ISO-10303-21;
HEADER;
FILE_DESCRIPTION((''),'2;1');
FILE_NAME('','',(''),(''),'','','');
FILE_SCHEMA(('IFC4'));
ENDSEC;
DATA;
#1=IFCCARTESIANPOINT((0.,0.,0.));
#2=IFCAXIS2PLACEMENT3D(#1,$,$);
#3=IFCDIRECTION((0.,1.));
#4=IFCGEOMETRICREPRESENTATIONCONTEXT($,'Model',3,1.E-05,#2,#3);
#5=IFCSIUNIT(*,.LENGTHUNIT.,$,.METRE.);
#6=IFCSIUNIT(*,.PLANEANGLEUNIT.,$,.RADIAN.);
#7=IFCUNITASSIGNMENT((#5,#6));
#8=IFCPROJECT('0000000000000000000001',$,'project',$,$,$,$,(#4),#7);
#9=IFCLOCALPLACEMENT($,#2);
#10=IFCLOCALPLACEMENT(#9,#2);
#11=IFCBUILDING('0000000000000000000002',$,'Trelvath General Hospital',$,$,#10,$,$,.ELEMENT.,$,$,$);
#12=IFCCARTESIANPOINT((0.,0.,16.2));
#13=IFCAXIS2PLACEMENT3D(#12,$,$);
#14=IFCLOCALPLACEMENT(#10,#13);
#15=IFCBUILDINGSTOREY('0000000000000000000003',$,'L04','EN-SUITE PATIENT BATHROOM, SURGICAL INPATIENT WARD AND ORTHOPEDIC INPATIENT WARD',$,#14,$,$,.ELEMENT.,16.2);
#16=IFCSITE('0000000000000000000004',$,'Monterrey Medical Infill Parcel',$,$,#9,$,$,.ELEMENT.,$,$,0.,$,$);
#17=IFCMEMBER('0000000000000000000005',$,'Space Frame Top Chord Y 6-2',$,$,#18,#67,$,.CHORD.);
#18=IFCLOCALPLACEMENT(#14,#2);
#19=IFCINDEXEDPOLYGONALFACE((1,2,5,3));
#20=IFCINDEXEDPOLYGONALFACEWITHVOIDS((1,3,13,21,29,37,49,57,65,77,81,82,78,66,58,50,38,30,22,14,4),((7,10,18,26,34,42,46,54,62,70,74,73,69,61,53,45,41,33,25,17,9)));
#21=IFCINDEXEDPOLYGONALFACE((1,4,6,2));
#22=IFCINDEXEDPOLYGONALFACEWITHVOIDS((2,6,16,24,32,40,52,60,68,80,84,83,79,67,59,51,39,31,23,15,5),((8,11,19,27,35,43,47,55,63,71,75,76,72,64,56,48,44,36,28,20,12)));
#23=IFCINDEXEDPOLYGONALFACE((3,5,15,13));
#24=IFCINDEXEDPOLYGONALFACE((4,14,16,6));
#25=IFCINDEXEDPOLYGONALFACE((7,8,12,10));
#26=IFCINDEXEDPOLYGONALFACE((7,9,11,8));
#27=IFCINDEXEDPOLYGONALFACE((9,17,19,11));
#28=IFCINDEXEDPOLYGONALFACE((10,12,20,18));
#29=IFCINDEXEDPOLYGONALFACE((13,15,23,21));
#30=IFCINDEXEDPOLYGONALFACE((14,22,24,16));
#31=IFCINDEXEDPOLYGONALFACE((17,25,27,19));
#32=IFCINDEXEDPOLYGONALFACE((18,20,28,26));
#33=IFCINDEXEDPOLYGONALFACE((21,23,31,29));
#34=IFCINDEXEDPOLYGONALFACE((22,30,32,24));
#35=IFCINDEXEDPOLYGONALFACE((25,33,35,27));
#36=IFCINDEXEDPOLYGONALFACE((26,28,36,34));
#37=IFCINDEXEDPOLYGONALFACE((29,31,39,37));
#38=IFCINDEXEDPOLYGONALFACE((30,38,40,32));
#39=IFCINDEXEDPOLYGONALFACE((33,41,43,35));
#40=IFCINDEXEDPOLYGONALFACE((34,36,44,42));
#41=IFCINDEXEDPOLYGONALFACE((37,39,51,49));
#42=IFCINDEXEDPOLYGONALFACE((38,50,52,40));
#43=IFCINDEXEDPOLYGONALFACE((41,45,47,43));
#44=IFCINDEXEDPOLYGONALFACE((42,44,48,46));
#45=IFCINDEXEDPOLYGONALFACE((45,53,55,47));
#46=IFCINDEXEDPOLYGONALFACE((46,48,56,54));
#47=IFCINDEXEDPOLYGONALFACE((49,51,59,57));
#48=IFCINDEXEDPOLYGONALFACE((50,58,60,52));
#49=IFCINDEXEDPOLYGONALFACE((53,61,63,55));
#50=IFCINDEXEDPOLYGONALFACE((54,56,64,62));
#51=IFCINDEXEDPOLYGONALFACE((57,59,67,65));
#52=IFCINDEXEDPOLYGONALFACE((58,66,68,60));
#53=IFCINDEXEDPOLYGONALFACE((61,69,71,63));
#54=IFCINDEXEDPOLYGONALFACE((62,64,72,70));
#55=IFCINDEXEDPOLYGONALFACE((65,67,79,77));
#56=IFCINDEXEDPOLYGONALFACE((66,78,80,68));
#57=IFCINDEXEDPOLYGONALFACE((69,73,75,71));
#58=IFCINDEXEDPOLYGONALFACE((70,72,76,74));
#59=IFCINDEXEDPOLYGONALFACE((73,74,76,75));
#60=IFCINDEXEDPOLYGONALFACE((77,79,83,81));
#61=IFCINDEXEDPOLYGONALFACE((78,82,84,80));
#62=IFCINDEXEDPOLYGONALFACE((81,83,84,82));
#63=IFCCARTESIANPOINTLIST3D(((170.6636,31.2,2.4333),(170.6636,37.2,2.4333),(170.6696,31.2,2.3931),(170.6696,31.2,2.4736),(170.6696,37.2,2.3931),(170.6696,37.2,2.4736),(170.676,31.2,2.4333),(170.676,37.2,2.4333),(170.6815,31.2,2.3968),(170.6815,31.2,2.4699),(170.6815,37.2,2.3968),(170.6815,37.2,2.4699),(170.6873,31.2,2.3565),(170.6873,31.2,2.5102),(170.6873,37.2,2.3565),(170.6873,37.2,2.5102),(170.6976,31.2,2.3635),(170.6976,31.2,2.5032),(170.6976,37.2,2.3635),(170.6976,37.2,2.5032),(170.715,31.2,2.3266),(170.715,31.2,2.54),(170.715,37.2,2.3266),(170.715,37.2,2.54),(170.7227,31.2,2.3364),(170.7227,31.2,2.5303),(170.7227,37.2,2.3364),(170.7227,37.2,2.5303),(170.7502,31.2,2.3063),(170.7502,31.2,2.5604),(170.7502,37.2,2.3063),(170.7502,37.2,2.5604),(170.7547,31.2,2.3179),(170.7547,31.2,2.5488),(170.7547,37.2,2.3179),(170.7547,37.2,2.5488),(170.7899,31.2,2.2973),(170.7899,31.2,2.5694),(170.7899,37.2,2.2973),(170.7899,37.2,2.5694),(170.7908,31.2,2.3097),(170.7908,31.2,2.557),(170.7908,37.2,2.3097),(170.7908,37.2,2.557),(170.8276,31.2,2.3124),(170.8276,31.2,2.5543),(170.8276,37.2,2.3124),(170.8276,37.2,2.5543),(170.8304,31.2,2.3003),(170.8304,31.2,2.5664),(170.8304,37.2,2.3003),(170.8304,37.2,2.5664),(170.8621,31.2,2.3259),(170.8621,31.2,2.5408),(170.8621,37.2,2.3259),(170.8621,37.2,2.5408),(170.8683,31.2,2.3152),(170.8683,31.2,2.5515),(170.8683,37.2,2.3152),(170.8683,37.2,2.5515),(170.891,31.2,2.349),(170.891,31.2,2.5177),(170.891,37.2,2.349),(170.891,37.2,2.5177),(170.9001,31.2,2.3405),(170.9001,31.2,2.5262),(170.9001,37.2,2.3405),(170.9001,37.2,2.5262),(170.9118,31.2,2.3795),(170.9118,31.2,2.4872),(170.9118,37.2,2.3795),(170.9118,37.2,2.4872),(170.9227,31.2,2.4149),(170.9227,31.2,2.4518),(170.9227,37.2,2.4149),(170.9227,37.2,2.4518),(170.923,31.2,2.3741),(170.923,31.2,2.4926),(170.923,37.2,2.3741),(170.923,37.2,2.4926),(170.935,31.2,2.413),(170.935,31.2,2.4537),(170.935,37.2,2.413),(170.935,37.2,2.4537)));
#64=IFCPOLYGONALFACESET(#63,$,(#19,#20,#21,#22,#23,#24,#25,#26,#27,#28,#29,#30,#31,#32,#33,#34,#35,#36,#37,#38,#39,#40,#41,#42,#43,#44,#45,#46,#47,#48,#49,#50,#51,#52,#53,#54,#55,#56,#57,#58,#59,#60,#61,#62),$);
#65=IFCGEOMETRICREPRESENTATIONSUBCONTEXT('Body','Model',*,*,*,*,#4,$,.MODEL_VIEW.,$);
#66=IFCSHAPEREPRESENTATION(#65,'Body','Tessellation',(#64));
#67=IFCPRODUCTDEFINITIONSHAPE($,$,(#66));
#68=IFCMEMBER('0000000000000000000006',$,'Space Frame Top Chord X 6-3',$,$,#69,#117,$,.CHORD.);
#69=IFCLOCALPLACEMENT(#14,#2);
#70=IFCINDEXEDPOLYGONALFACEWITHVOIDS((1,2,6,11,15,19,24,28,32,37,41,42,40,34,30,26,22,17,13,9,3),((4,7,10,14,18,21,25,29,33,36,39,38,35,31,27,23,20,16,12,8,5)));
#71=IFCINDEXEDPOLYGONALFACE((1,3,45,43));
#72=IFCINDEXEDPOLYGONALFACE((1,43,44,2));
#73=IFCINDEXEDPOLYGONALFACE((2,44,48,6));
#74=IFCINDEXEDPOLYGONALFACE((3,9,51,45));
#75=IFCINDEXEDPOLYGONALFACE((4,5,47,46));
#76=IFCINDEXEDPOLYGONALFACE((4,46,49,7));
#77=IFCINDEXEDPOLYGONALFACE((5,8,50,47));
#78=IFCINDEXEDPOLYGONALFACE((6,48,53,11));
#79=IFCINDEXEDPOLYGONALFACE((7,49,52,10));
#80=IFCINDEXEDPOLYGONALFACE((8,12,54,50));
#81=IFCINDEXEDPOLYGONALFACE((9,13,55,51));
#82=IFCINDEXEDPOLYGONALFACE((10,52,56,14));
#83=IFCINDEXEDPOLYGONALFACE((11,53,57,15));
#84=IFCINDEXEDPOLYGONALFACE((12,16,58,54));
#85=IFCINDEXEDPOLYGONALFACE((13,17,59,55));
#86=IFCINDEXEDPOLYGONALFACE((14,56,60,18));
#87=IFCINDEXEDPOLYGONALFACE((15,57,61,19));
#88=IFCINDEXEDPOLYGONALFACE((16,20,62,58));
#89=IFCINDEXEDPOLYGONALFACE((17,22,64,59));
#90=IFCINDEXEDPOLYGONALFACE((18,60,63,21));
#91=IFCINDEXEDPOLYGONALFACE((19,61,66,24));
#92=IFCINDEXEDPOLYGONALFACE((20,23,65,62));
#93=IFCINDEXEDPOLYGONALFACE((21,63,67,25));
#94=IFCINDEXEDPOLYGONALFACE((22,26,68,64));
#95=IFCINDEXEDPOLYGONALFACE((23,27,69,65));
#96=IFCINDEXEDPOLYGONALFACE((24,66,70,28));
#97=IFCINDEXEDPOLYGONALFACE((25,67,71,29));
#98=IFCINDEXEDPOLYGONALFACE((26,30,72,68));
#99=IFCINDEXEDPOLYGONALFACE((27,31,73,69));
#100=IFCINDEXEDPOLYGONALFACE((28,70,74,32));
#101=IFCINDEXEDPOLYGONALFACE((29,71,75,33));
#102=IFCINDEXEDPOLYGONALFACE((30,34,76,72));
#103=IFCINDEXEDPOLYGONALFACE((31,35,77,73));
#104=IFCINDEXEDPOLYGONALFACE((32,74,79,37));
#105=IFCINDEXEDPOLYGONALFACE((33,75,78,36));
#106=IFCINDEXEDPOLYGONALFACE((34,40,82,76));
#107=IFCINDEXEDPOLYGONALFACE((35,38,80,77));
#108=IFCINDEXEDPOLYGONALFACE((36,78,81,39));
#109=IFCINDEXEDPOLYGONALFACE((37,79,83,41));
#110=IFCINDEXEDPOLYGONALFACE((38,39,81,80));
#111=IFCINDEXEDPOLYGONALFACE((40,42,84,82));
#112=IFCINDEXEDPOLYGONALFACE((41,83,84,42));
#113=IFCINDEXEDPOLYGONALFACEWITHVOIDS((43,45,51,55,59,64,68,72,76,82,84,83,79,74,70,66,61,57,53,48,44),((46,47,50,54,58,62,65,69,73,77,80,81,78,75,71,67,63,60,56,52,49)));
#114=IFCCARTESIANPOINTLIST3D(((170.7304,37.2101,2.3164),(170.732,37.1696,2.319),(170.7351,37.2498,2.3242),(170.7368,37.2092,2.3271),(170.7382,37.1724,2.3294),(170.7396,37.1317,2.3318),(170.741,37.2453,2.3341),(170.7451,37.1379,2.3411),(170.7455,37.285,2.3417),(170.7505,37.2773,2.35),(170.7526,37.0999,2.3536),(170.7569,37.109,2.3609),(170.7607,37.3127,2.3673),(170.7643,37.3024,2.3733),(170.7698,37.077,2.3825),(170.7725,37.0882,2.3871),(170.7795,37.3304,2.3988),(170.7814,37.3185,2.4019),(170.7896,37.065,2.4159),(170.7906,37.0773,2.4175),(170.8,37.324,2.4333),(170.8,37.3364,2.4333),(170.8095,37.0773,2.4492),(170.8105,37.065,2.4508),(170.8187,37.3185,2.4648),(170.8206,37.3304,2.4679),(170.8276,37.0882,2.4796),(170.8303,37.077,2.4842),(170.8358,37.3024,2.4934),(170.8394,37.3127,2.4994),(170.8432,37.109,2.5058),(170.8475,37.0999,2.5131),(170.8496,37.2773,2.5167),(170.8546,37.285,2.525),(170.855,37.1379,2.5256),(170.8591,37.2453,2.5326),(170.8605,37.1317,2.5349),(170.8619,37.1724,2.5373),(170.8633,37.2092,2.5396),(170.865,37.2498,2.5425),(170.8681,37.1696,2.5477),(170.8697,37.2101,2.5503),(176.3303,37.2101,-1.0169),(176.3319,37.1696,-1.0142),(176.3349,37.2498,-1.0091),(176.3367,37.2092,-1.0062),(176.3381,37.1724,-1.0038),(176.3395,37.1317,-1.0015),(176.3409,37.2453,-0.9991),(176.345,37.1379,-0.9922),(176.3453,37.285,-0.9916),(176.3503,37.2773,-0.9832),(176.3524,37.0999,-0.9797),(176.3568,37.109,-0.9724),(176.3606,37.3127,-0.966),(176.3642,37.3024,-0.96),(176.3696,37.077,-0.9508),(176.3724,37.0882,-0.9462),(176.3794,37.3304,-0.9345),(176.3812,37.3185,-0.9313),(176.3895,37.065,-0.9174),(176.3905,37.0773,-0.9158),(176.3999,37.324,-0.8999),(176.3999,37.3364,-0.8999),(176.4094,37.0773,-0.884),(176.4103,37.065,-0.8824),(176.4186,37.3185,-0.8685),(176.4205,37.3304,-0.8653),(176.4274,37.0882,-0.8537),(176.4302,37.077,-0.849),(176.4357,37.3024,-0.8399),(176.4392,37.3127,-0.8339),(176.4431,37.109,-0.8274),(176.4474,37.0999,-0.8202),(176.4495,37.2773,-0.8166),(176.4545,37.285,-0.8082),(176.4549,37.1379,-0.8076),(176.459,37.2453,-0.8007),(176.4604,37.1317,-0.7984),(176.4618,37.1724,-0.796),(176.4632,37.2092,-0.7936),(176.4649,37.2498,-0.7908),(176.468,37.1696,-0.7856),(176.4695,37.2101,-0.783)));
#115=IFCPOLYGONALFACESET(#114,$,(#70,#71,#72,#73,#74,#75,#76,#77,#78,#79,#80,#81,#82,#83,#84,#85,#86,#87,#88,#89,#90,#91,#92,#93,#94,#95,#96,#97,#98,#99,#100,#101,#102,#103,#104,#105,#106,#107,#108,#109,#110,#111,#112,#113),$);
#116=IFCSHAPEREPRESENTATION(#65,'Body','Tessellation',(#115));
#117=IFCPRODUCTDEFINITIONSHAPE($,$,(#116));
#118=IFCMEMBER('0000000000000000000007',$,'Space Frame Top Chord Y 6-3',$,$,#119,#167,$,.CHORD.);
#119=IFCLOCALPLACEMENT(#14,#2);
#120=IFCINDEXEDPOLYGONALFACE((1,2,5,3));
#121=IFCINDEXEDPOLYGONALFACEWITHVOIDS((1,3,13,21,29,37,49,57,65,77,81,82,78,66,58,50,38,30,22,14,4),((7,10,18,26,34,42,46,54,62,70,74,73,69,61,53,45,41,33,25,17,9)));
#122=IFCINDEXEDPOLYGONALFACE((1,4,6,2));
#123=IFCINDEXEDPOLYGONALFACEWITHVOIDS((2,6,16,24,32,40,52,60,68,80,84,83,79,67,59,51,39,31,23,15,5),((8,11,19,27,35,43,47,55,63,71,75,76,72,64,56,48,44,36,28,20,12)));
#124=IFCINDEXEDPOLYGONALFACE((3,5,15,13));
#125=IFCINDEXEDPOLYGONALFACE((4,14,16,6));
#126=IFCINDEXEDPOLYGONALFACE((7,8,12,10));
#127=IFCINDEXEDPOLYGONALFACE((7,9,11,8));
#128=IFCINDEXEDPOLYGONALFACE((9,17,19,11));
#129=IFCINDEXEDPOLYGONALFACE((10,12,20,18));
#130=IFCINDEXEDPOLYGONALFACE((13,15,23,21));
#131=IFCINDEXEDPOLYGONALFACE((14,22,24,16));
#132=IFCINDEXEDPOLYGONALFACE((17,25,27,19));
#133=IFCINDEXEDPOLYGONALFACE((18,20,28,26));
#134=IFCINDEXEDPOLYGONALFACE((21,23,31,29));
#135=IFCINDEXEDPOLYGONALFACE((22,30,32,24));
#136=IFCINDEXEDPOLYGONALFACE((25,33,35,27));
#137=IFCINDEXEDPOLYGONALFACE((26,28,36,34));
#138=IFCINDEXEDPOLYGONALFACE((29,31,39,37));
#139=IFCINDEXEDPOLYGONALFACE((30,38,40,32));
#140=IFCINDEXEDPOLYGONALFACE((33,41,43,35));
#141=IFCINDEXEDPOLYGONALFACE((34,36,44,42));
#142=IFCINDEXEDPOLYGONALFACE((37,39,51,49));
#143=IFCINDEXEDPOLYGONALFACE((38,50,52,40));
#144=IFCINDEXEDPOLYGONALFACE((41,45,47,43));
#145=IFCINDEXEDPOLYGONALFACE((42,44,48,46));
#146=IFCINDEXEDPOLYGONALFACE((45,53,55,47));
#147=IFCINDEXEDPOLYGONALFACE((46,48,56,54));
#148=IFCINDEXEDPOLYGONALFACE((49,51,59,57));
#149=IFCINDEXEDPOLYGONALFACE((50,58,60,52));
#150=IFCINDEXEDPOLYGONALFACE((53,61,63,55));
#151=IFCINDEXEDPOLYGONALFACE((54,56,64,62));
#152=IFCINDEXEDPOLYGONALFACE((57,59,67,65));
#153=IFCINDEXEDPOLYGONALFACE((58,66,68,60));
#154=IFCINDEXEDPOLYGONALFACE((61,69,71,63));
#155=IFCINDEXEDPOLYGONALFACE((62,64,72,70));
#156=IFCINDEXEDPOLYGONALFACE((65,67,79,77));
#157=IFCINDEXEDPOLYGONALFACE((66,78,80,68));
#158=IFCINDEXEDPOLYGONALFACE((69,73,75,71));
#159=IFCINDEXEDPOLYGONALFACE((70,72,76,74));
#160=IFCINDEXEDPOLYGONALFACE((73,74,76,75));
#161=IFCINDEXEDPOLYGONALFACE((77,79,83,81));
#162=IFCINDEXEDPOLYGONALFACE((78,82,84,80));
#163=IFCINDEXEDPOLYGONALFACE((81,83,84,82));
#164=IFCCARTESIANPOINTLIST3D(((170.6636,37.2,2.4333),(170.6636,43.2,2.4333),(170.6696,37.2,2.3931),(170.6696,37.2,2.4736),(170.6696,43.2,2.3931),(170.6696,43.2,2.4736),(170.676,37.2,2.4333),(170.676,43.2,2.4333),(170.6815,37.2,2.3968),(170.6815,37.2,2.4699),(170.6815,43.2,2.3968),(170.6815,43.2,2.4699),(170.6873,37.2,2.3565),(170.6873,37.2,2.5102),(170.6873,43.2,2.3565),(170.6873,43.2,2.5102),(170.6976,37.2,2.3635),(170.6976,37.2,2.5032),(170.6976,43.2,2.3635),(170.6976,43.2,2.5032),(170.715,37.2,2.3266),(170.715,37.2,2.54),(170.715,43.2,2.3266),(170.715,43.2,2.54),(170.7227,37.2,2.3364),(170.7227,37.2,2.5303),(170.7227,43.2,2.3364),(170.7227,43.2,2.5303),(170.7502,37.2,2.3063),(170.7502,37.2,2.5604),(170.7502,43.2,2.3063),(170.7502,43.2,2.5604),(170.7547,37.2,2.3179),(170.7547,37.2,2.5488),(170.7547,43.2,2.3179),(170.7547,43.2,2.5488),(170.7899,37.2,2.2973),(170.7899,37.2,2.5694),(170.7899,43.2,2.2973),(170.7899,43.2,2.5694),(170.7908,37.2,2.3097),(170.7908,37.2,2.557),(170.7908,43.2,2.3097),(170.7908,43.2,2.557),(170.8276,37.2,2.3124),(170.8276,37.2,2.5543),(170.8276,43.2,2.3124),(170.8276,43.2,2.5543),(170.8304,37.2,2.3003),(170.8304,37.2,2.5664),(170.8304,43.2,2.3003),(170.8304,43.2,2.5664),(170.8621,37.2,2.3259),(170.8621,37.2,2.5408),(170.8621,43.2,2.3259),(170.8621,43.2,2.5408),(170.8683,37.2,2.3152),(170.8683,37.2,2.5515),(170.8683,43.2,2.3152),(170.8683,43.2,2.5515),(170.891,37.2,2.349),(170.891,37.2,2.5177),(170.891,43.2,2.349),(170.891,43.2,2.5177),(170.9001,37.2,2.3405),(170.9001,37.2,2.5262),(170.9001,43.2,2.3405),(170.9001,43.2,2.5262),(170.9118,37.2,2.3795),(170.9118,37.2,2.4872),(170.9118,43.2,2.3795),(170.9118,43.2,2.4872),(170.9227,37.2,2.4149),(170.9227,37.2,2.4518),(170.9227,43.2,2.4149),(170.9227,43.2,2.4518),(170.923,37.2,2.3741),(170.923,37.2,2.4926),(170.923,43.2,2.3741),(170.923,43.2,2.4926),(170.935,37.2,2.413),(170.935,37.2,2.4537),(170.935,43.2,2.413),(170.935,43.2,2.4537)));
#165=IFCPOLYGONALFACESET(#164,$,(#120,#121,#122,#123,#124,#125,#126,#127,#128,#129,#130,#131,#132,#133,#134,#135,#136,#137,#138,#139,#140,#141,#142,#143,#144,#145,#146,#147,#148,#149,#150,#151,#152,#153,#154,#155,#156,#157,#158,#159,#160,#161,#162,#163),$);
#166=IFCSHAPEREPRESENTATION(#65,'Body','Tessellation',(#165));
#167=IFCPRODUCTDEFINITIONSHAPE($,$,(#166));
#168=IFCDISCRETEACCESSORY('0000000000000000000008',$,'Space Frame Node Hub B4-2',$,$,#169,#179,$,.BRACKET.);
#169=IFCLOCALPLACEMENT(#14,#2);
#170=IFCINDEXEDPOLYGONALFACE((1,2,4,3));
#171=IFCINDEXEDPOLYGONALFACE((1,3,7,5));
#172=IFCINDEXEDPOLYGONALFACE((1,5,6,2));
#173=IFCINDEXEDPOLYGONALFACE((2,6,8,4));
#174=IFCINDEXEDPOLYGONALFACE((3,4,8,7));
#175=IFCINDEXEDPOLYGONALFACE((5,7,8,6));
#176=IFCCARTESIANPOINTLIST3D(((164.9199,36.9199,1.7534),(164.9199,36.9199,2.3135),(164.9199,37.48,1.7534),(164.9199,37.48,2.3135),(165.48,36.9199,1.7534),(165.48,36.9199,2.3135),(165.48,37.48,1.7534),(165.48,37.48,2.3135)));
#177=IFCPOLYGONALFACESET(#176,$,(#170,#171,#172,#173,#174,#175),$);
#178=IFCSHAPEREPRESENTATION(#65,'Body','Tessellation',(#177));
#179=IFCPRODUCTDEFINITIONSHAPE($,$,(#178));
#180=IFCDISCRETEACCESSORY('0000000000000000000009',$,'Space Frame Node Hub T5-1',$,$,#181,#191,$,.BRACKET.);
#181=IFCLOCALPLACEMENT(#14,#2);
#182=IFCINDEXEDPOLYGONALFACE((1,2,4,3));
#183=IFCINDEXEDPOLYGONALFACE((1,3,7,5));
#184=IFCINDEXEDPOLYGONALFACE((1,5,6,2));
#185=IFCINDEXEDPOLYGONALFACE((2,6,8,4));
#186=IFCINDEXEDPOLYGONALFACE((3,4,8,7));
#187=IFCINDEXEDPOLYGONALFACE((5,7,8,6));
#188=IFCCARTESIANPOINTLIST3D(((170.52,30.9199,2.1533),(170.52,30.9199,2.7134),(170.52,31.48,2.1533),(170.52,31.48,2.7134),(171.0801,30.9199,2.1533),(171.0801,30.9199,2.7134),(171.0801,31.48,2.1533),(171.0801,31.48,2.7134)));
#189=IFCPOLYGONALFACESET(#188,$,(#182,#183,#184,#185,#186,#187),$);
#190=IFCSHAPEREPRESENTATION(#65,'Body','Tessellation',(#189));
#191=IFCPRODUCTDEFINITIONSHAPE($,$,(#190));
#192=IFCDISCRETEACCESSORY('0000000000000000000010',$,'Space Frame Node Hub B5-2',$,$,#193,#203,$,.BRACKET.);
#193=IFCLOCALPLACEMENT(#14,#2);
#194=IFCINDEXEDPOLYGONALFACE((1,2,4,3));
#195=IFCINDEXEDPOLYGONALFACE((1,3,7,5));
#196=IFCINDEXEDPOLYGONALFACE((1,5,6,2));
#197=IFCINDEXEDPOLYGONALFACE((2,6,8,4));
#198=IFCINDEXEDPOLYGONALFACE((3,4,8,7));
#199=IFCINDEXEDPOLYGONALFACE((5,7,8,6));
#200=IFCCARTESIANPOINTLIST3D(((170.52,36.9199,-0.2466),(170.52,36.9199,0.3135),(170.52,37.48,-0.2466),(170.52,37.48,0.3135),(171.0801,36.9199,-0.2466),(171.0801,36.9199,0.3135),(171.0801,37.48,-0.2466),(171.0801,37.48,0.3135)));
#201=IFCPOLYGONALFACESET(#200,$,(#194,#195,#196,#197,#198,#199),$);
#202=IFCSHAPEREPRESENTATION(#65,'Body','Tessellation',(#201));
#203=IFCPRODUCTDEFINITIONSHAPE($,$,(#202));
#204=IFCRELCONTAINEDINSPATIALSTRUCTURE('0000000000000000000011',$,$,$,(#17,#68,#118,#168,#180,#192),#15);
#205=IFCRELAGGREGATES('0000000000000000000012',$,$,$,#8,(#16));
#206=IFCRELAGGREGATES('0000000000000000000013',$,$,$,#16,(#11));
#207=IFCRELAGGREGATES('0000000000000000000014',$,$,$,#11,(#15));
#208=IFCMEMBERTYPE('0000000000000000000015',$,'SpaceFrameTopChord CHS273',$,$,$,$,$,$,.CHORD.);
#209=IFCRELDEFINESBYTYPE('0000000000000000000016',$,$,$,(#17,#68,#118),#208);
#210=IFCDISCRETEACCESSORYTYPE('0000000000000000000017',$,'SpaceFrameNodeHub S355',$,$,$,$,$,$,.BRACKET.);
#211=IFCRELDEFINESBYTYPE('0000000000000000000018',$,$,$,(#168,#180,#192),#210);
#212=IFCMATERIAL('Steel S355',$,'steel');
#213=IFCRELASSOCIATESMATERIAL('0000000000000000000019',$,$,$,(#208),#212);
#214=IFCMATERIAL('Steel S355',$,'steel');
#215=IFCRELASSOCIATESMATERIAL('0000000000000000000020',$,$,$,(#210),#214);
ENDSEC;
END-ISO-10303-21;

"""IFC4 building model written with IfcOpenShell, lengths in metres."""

from ifc_helpers import new_model, si_unit, direction, frame, origin, origin_2d, place, context, subcontext, project, spatial, rectangle, hollow_circle, extrude, material, material_profile, profile_set, type_object, element, save


model = new_model("IFC4")

# Units and contexts
model_context = context("Model", 3, precision=1e-05, world=origin(), true_north=direction((0.0, 1.0)))
body_context = subcontext(model_context, "Body", "Model", "MODEL_VIEW")
ifc_project = project(units=[si_unit("LENGTHUNIT", "METRE"), si_unit("PLANEANGLEUNIT", "RADIAN")], contexts=[model_context])

# Site, building, storey
site_placement = place(None, origin())
site = spatial("IfcSite", under=ifc_project, at=site_placement, Name="Monterrey Medical Infill Parcel", CompositionType="ELEMENT", RefElevation=0.0)
building_placement = place(site_placement, origin())
building = spatial("IfcBuilding", under=site, at=building_placement, Name="Trelvath General Hospital", CompositionType="ELEMENT")
storey_placement = place(building_placement, frame((0.0, 0.0, 16.2)))
storey = spatial("IfcBuildingStorey", under=building, at=storey_placement, Name="L04", Description="EN-SUITE PATIENT BATHROOM, SURGICAL INPATIENT WARD AND ORTHOPEDIC INPATIENT WARD", CompositionType="ELEMENT", Elevation=16.2)

# Members
ifc_material_1 = material(Name="Steel S355", Category="steel")
ifc_material_profile_1 = material_profile(ifc_material_1, hollow_circle(Radius=0.1365, WallThickness=0.0125, at=origin_2d()), Name="CHS273.0x12.5")
ifc_profile_set_1 = profile_set([ifc_material_profile_1], Name="Steel S355")
member_type_1 = type_object("IfcMemberType", Name="SpaceFrameTopChord CHS273", PredefinedType="CHORD", material=ifc_profile_set_1)
member_1_placement = place(storey_placement, frame((170.8, 31.2, 2.4333), z_axis=(0.0, 1.0, 0.0), x_axis=(-1.0, 0.0, 0.0)))
element("IfcMember", 1, at=member_1_placement, inside=storey, type_object=member_type_1, Name="Space Frame Top Chord Y 6-2", PredefinedType="CHORD", context=body_context, shape_type="SweptSolid", body=[
    extrude(hollow_circle(Radius=0.1365, WallThickness=0.0125, at=origin_2d()), origin(), (0.0, 0.0, 1.0), 6.0),
])
member_2_placement = place(storey_placement, frame((170.8, 37.2, 2.4333), z_axis=(0.859292, 0.0, -0.511485), x_axis=(0.0, 1.0, 0.0)))
element("IfcMember", 2, at=member_2_placement, inside=storey, type_object=member_type_1, Name="Space Frame Top Chord X 6-3", PredefinedType="CHORD", context=body_context, shape_type="SweptSolid", body=[
    extrude(hollow_circle(Radius=0.1365, WallThickness=0.0125, at=origin_2d()), origin(), (0.0, 0.0, 1.0), 6.5168),
])
member_3_placement = place(storey_placement, frame((170.8, 37.2, 2.4333), z_axis=(0.0, 1.0, 0.0), x_axis=(-1.0, 0.0, 0.0)))
element("IfcMember", 3, at=member_3_placement, inside=storey, type_object=member_type_1, Name="Space Frame Top Chord Y 6-3", PredefinedType="CHORD", context=body_context, shape_type="SweptSolid", body=[
    extrude(hollow_circle(Radius=0.1365, WallThickness=0.0125, at=origin_2d()), origin(), (0.0, 0.0, 1.0), 6.0),
])

# Discrete accessories
ifc_material_2 = material(Name="Steel S355", Category="steel")
discrete_accessory_type = type_object("IfcDiscreteAccessoryType", Name="SpaceFrameNodeHub S355", PredefinedType="BRACKET", material=ifc_material_2)
for number, where, z_axis, x_axis, name in (
    (4, (165.2, 37.2, 1.7534), (0.0, 0.0, 1.0), (1.0, 0.0, 0.0), "Space Frame Node Hub B4-2"),
    (5, (170.8, 31.2, 2.1533), (0.0, 0.0, 1.0), (1.0, 0.0, 0.0), "Space Frame Node Hub T5-1"),
    (6, (170.8, 37.2, -0.2466), (0.0, 0.0, 1.0), (1.0, 0.0, 0.0), "Space Frame Node Hub B5-2"),
):
    element("IfcDiscreteAccessory", number, at=place(storey_placement, frame(where, z_axis=z_axis, x_axis=x_axis)), inside=storey, type_object=discrete_accessory_type, Name=name, PredefinedType="BRACKET", context=body_context, shape_type="SweptSolid", body=[
        extrude(rectangle(XDim=0.5601, YDim=0.5601, at=origin_2d()), origin(), (0.0, 0.0, 1.0), 0.5601),
    ])

save(model, "model.ifc")
